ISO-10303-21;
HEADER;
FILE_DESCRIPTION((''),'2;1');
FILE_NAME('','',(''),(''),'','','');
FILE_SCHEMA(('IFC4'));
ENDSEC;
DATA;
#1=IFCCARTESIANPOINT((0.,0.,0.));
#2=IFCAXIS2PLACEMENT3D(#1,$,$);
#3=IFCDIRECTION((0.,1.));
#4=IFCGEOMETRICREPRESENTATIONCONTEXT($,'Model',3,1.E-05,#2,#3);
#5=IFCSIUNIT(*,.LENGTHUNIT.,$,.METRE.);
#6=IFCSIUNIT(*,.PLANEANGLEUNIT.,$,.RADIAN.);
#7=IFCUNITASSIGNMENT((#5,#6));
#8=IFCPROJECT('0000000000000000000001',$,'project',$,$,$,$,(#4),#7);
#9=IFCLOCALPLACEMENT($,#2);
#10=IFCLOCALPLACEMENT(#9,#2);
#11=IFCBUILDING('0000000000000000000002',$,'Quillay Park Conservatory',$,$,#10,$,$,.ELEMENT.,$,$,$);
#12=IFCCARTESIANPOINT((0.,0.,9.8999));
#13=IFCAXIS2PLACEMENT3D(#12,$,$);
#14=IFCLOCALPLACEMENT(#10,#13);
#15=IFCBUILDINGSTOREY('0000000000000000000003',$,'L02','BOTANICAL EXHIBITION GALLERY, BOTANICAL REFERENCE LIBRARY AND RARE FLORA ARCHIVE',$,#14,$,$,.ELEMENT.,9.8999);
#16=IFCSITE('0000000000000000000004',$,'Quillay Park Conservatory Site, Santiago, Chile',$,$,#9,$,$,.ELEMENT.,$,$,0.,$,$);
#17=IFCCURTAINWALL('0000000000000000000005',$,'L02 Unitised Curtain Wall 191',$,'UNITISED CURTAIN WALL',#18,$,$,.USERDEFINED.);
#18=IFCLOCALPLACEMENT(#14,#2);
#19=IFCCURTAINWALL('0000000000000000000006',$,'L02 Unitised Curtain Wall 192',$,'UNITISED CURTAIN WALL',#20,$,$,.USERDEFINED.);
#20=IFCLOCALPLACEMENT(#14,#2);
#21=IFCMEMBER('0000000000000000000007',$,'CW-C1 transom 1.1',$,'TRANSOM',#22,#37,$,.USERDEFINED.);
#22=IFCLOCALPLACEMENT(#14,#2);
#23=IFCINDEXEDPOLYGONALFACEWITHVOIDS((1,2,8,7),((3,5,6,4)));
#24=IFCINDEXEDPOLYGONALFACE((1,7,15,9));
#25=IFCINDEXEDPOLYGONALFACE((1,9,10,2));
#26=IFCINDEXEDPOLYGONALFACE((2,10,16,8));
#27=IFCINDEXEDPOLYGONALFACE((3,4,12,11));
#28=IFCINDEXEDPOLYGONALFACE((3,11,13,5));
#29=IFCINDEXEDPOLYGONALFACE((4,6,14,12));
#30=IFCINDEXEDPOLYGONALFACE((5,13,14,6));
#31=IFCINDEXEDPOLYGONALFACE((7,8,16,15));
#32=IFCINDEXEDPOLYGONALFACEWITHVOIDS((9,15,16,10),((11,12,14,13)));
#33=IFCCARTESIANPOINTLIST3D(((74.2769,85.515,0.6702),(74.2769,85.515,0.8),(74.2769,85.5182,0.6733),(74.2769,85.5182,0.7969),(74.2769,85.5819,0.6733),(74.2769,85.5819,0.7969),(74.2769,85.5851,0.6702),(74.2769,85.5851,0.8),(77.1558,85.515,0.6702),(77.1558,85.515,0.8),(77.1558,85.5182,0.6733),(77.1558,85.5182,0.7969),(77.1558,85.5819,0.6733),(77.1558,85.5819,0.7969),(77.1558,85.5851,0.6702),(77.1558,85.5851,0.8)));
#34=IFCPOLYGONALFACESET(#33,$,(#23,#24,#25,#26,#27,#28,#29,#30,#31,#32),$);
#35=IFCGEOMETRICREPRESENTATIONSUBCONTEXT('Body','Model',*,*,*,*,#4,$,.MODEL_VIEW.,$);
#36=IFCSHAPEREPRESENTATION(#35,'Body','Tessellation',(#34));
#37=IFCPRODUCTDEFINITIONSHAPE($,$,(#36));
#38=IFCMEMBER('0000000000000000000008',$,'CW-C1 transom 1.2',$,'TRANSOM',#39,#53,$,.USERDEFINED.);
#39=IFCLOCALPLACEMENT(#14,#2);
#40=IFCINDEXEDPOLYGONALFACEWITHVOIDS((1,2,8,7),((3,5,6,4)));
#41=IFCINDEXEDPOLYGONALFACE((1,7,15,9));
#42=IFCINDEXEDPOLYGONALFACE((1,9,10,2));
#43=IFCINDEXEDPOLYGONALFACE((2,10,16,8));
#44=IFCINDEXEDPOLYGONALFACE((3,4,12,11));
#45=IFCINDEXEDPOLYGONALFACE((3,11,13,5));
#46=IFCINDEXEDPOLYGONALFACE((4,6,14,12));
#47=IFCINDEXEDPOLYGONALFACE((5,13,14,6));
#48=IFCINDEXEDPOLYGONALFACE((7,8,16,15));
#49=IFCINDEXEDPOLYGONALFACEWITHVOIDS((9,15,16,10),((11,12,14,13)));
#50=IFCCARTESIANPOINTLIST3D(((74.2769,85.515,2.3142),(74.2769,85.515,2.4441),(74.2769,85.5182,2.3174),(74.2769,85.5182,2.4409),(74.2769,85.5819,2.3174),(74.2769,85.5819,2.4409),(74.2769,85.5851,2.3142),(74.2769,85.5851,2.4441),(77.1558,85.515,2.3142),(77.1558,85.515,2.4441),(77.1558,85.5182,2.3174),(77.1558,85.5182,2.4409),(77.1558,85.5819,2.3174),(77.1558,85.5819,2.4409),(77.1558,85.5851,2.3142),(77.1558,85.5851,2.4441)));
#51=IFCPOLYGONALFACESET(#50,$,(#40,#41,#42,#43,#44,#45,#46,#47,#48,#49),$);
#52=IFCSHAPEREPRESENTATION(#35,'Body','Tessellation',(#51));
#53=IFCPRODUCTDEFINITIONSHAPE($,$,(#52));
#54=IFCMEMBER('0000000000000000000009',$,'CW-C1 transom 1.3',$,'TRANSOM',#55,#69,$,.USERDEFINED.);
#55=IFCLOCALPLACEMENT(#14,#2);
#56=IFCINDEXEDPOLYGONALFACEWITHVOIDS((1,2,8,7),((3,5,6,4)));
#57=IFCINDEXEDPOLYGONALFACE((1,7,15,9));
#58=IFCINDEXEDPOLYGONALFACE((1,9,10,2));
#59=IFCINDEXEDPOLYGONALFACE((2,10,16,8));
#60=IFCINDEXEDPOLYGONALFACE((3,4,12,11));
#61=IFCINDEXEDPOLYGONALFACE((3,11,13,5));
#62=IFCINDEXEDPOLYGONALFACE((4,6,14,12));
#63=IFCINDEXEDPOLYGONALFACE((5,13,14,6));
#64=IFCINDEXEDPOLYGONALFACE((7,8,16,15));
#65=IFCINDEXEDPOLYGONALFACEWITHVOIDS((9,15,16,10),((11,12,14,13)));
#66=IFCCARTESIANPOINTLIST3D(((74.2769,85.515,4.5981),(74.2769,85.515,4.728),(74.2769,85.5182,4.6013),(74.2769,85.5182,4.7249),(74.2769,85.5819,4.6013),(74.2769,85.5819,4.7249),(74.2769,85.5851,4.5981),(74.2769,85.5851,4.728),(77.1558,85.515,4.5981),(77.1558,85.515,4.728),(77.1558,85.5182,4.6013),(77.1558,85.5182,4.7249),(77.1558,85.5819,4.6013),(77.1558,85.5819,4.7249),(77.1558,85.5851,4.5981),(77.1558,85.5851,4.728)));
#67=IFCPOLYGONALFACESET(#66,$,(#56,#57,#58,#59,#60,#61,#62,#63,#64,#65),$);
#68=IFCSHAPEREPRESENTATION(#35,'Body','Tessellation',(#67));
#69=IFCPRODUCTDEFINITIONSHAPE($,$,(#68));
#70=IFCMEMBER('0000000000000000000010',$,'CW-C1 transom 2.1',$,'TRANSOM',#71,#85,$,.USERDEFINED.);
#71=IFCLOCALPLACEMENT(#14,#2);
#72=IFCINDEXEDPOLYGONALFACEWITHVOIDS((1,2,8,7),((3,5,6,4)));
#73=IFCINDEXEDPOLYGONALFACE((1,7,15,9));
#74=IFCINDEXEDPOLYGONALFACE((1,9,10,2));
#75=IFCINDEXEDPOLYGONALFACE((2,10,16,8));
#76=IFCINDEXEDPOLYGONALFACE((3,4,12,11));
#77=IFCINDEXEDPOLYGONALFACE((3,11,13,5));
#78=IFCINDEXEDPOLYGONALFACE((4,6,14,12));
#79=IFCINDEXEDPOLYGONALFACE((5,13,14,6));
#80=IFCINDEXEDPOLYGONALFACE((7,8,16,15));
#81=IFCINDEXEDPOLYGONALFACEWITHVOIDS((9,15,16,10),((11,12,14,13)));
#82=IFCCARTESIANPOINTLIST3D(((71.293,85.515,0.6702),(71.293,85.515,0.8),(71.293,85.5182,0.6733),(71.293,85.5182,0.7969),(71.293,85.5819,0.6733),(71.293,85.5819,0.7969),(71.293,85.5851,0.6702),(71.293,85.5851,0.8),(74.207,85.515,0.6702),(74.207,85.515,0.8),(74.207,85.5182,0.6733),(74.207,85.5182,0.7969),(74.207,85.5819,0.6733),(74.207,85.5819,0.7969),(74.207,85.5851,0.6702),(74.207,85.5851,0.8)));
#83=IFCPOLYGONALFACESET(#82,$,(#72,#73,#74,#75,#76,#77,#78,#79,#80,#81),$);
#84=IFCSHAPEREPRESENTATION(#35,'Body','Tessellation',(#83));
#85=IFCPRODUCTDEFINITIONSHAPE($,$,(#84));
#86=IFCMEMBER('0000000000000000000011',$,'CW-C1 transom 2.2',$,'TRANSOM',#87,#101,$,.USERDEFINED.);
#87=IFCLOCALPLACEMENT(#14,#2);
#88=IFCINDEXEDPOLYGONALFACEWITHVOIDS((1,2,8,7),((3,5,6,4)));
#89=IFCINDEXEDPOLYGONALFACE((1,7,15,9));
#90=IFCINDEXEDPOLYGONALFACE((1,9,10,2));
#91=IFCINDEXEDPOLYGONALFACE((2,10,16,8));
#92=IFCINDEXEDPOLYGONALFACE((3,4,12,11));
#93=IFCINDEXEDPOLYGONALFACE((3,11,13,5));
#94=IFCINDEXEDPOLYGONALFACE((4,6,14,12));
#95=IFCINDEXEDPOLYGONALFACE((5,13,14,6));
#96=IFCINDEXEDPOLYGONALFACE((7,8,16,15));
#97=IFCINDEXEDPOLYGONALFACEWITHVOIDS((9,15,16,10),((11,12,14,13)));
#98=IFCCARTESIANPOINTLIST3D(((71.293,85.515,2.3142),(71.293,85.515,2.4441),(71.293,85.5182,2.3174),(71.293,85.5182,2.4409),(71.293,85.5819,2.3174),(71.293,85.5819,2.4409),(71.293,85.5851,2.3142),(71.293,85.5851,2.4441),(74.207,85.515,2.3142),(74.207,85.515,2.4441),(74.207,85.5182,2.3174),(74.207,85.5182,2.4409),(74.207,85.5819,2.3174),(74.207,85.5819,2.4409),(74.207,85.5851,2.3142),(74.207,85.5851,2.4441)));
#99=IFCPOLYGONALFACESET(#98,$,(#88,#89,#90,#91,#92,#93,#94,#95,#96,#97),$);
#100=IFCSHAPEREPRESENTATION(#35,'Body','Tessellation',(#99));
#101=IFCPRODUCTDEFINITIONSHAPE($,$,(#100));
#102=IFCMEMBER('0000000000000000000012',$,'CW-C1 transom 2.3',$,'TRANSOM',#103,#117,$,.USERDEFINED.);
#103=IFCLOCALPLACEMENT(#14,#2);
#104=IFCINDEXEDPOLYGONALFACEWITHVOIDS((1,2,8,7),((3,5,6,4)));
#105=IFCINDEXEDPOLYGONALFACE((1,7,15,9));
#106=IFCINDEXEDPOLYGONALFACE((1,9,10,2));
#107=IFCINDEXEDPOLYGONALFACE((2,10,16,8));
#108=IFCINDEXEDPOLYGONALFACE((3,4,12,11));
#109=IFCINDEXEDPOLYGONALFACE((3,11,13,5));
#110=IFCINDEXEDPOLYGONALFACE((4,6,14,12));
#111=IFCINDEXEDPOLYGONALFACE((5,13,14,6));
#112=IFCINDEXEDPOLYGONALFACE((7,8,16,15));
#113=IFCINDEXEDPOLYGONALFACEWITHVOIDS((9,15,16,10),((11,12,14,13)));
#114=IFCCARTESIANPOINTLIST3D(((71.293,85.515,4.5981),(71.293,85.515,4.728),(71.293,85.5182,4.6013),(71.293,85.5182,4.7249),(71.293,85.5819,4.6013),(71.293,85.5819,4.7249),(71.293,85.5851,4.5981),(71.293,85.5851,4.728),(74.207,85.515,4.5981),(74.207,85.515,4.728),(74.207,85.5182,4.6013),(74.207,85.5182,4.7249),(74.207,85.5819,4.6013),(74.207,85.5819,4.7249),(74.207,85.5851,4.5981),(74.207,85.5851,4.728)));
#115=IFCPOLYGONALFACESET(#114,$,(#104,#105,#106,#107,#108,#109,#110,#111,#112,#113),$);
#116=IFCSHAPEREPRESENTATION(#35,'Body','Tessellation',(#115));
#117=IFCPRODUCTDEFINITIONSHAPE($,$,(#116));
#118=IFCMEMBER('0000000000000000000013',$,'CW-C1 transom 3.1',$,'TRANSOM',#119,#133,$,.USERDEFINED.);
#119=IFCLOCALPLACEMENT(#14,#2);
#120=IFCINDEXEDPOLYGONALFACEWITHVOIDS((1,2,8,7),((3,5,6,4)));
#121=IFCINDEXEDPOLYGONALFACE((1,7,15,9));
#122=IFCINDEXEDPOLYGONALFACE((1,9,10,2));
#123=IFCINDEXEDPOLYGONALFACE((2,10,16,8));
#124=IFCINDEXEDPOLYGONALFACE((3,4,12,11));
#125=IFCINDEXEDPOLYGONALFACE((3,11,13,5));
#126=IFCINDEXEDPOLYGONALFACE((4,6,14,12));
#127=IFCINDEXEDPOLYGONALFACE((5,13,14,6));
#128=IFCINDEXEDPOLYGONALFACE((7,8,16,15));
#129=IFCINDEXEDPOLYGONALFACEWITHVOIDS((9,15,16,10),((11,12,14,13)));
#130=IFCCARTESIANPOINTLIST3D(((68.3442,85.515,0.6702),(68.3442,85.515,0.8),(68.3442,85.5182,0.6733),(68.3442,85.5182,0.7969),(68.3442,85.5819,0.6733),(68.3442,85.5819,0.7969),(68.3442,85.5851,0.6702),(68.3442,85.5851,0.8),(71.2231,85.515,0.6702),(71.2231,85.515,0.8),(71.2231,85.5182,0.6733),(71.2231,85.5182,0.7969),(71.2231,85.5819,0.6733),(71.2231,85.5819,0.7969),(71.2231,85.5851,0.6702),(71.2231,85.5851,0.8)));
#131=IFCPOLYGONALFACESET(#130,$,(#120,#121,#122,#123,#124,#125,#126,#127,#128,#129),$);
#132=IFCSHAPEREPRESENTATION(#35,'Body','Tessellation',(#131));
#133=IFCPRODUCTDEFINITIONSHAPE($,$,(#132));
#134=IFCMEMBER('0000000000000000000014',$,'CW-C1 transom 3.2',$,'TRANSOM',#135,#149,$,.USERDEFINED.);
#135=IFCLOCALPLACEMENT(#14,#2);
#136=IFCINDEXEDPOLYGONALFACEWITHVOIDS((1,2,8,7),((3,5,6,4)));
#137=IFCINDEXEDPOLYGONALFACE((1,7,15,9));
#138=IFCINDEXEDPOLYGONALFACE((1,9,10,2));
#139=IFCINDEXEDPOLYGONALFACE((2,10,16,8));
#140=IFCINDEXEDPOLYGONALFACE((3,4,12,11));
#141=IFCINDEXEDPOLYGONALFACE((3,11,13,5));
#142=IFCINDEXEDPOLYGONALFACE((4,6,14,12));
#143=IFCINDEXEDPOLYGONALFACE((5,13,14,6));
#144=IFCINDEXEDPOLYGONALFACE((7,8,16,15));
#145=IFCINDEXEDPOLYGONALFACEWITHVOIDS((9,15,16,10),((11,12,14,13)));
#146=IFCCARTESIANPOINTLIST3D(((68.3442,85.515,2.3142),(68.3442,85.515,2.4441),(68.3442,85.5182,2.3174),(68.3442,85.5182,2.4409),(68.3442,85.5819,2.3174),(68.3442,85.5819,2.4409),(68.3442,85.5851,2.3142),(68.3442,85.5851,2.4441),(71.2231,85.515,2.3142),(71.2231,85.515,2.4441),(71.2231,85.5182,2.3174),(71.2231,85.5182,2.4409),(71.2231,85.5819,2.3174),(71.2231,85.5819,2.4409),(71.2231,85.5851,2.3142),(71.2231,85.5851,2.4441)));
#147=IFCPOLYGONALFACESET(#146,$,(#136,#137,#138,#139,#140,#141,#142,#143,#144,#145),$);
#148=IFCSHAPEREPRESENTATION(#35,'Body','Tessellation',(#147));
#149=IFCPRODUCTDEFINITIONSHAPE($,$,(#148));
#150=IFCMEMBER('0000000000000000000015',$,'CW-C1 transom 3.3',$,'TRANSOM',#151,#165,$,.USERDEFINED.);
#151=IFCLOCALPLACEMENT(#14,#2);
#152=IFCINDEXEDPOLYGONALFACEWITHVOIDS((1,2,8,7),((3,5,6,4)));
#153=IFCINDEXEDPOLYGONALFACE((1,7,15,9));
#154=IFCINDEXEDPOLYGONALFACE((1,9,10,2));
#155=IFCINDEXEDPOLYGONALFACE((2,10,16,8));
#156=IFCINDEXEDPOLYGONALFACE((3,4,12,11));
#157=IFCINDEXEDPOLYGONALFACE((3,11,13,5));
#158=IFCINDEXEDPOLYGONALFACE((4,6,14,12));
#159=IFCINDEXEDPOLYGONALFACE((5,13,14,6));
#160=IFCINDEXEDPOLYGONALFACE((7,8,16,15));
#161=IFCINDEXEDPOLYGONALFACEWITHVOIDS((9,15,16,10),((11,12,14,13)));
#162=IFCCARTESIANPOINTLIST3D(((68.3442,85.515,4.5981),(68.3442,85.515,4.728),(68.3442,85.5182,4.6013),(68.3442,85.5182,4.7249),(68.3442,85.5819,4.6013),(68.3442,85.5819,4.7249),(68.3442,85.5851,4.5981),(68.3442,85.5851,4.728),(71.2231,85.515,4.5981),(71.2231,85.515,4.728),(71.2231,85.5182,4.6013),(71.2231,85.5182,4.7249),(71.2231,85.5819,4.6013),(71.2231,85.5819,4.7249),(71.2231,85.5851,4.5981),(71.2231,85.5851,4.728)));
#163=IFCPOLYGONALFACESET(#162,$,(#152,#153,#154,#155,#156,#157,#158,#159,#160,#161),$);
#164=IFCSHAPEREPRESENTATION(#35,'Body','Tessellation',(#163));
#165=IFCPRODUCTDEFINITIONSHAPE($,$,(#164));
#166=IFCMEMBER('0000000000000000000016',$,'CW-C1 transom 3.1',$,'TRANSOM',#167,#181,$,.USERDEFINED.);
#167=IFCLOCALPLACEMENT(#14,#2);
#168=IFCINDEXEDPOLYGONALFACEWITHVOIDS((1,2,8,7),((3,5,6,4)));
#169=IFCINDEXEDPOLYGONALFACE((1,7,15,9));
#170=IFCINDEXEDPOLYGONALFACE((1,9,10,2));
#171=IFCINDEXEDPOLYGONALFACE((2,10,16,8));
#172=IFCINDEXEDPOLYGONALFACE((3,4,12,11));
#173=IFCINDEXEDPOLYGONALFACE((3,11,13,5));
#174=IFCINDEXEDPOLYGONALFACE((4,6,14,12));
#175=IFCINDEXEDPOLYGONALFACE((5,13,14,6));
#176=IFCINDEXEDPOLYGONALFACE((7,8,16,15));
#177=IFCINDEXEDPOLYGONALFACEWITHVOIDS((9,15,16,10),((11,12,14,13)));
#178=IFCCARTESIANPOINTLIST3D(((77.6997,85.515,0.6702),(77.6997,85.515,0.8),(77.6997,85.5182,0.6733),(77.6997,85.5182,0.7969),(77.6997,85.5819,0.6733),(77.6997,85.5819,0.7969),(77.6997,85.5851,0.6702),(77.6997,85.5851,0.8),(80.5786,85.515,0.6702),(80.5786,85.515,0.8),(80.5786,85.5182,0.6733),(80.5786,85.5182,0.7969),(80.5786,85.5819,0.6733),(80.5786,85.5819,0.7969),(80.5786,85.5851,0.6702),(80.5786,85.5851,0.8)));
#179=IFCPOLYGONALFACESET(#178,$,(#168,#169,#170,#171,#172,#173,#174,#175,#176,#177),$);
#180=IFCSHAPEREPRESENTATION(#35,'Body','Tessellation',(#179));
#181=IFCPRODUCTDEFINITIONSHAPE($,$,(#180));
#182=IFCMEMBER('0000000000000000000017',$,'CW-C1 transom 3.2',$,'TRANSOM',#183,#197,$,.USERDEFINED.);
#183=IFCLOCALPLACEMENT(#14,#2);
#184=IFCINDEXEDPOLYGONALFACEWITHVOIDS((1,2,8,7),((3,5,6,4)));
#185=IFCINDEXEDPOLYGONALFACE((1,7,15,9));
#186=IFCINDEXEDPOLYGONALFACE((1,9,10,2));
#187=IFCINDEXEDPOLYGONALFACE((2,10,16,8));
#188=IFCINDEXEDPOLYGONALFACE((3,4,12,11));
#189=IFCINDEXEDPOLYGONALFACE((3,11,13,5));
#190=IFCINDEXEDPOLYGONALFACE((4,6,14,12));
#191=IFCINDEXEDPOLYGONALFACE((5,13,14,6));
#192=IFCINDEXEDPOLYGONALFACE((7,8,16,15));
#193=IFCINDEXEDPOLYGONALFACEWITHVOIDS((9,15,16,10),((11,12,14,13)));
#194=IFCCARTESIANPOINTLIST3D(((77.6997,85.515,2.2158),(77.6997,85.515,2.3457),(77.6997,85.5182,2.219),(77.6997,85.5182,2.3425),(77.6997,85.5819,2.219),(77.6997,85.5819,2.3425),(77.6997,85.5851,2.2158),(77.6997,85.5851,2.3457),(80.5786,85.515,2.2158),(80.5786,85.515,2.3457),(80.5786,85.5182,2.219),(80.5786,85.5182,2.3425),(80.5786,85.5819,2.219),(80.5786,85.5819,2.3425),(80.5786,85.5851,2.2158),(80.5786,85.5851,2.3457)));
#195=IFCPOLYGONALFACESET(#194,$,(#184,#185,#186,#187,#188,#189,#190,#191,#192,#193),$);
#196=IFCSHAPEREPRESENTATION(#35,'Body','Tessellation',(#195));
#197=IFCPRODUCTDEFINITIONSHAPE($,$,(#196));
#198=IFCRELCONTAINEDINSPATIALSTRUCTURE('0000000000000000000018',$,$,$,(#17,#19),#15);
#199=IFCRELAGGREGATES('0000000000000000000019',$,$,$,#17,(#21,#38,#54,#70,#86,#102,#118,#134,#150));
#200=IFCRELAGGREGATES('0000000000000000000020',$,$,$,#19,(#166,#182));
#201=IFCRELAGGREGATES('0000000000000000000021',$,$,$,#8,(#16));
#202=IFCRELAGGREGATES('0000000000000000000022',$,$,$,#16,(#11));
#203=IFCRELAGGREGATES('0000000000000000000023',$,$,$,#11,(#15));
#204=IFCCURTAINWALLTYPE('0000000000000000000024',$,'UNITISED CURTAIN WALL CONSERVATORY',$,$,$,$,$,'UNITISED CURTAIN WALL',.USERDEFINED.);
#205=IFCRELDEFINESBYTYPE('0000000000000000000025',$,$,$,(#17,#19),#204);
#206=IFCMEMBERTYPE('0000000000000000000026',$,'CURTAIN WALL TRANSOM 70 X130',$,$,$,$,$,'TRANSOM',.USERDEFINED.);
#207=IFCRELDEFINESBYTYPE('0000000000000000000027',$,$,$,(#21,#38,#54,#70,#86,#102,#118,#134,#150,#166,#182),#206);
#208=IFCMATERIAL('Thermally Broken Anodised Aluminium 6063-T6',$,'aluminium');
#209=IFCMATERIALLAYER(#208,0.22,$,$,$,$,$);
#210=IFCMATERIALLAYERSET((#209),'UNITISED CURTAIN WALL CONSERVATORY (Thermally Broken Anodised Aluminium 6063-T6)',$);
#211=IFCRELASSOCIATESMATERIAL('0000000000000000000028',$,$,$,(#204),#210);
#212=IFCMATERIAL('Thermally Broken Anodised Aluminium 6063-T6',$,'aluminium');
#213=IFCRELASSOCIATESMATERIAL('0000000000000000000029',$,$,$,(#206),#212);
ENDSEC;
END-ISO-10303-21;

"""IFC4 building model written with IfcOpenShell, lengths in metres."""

from ifc_helpers import new_model, si_unit, direction, frame, origin, origin_2d, place, context, subcontext, project, spatial, hollow_rectangle, extrude, material, layer, layer_set, material_profile, profile_set, type_object, element, aggregate, save


model = new_model("IFC4")

# Units and contexts
model_context = context("Model", 3, precision=1e-05, world=origin(), true_north=direction((0.0, 1.0)))
body_context = subcontext(model_context, "Body", "Model", "MODEL_VIEW")
ifc_project = project(units=[si_unit("LENGTHUNIT", "METRE"), si_unit("PLANEANGLEUNIT", "RADIAN")], contexts=[model_context])

# Site, building, storey
site_placement = place(None, origin())
site = spatial("IfcSite", under=ifc_project, at=site_placement, Name="Quillay Park Conservatory Site, Santiago, Chile", CompositionType="ELEMENT", RefElevation=0.0)
building_placement = place(site_placement, origin())
building = spatial("IfcBuilding", under=site, at=building_placement, Name="Quillay Park Conservatory", CompositionType="ELEMENT")
storey_placement = place(building_placement, frame((0.0, 0.0, 9.8999)))
storey = spatial("IfcBuildingStorey", under=building, at=storey_placement, Name="L02", Description="BOTANICAL EXHIBITION GALLERY, BOTANICAL REFERENCE LIBRARY AND RARE FLORA ARCHIVE", CompositionType="ELEMENT", Elevation=9.8999)

# Curtain wall
ifc_material_1 = material(Name="Thermally Broken Anodised Aluminium 6063-T6", Category="aluminium")
ifc_layer_1 = layer(ifc_material_1, 0.22)
ifc_layer_set_1 = layer_set([ifc_layer_1], Name="UNITISED CURTAIN WALL CONSERVATORY (Thermally Broken Anodised Aluminium 6063-T6)")
curtain_wall_type = type_object("IfcCurtainWallType", Name="UNITISED CURTAIN WALL CONSERVATORY", ElementType="UNITISED CURTAIN WALL", PredefinedType="USERDEFINED", material=ifc_layer_set_1)
curtain_wall_1_placement = place(storey_placement, origin())
curtain_wall_1 = element("IfcCurtainWall", 1, at=curtain_wall_1_placement, inside=storey, type_object=curtain_wall_type, Name="L02 Unitised Curtain Wall 191", ObjectType="UNITISED CURTAIN WALL", PredefinedType="USERDEFINED")

# Curtain wall
curtain_wall_2_placement = place(storey_placement, origin())
curtain_wall_2 = element("IfcCurtainWall", 2, at=curtain_wall_2_placement, inside=storey, type_object=curtain_wall_type, Name="L02 Unitised Curtain Wall 192", ObjectType="UNITISED CURTAIN WALL", PredefinedType="USERDEFINED")

# Members
ifc_material_2 = material(Name="Thermally Broken Anodised Aluminium 6063-T6", Category="aluminium")
ifc_material_profile_1 = material_profile(ifc_material_2, hollow_rectangle(XDim=0.0701, YDim=0.1299, WallThickness=0.0032, at=origin_2d()), Name="AL70x130x3.2")
ifc_profile_set_1 = profile_set([ifc_material_profile_1], Name="Thermally Broken Anodised Aluminium 6063-T6")
member_type_1 = type_object("IfcMemberType", Name="CURTAIN WALL TRANSOM 70 X130", ElementType="TRANSOM", PredefinedType="USERDEFINED", material=ifc_profile_set_1)
member_1_placement = place(storey_placement, frame((77.1558, 85.55, 0.7351), z_axis=(-1.0, 0.0, 0.0), x_axis=(0.0, -1.0, 0.0)))
member_1 = element("IfcMember", 3, at=member_1_placement, type_object=member_type_1, Name="CW-C1 transom 1.1", ObjectType="TRANSOM", PredefinedType="USERDEFINED", context=body_context, shape_type="SweptSolid", body=[
    extrude(hollow_rectangle(XDim=0.0701, YDim=0.1299, WallThickness=0.0032, at=origin_2d()), origin(), (0.0, 0.0, 1.0), 2.8789),
])
member_2_placement = place(storey_placement, frame((77.1558, 85.55, 2.3792), z_axis=(-1.0, 0.0, 0.0), x_axis=(0.0, -1.0, 0.0)))
member_2 = element("IfcMember", 4, at=member_2_placement, type_object=member_type_1, Name="CW-C1 transom 1.2", ObjectType="TRANSOM", PredefinedType="USERDEFINED", context=body_context, shape_type="SweptSolid", body=[
    extrude(hollow_rectangle(XDim=0.0701, YDim=0.1299, WallThickness=0.0032, at=origin_2d()), origin(), (0.0, 0.0, 1.0), 2.8789),
])
member_3_placement = place(storey_placement, frame((77.1558, 85.55, 4.6631), z_axis=(-1.0, 0.0, 0.0), x_axis=(0.0, -1.0, 0.0)))
member_3 = element("IfcMember", 5, at=member_3_placement, type_object=member_type_1, Name="CW-C1 transom 1.3", ObjectType="TRANSOM", PredefinedType="USERDEFINED", context=body_context, shape_type="SweptSolid", body=[
    extrude(hollow_rectangle(XDim=0.0701, YDim=0.1299, WallThickness=0.0032, at=origin_2d()), origin(), (0.0, 0.0, 1.0), 2.8789),
])
member_4_placement = place(storey_placement, frame((74.207, 85.55, 0.7351), z_axis=(-1.0, 0.0, 0.0), x_axis=(0.0, -1.0, 0.0)))
member_4 = element("IfcMember", 6, at=member_4_placement, type_object=member_type_1, Name="CW-C1 transom 2.1", ObjectType="TRANSOM", PredefinedType="USERDEFINED", context=body_context, shape_type="SweptSolid", body=[
    extrude(hollow_rectangle(XDim=0.0701, YDim=0.1299, WallThickness=0.0032, at=origin_2d()), origin(), (0.0, 0.0, 1.0), 2.9141),
])
member_5_placement = place(storey_placement, frame((74.207, 85.55, 2.3792), z_axis=(-1.0, 0.0, 0.0), x_axis=(0.0, -1.0, 0.0)))
member_5 = element("IfcMember", 7, at=member_5_placement, type_object=member_type_1, Name="CW-C1 transom 2.2", ObjectType="TRANSOM", PredefinedType="USERDEFINED", context=body_context, shape_type="SweptSolid", body=[
    extrude(hollow_rectangle(XDim=0.0701, YDim=0.1299, WallThickness=0.0032, at=origin_2d()), origin(), (0.0, 0.0, 1.0), 2.9141),
])
member_6_placement = place(storey_placement, frame((74.207, 85.55, 4.6631), z_axis=(-1.0, 0.0, 0.0), x_axis=(0.0, -1.0, 0.0)))
member_6 = element("IfcMember", 8, at=member_6_placement, type_object=member_type_1, Name="CW-C1 transom 2.3", ObjectType="TRANSOM", PredefinedType="USERDEFINED", context=body_context, shape_type="SweptSolid", body=[
    extrude(hollow_rectangle(XDim=0.0701, YDim=0.1299, WallThickness=0.0032, at=origin_2d()), origin(), (0.0, 0.0, 1.0), 2.9141),
])
member_7_placement = place(storey_placement, frame((71.2231, 85.55, 0.7351), z_axis=(-1.0, 0.0, 0.0), x_axis=(0.0, -1.0, 0.0)))
member_7 = element("IfcMember", 9, at=member_7_placement, type_object=member_type_1, Name="CW-C1 transom 3.1", ObjectType="TRANSOM", PredefinedType="USERDEFINED", context=body_context, shape_type="SweptSolid", body=[
    extrude(hollow_rectangle(XDim=0.0701, YDim=0.1299, WallThickness=0.0032, at=origin_2d()), origin(), (0.0, 0.0, 1.0), 2.8789),
])
member_8_placement = place(storey_placement, frame((71.2231, 85.55, 2.3792), z_axis=(-1.0, 0.0, 0.0), x_axis=(0.0, -1.0, 0.0)))
member_8 = element("IfcMember", 10, at=member_8_placement, type_object=member_type_1, Name="CW-C1 transom 3.2", ObjectType="TRANSOM", PredefinedType="USERDEFINED", context=body_context, shape_type="SweptSolid", body=[
    extrude(hollow_rectangle(XDim=0.0701, YDim=0.1299, WallThickness=0.0032, at=origin_2d()), origin(), (0.0, 0.0, 1.0), 2.8789),
])
member_9_placement = place(storey_placement, frame((71.2231, 85.55, 4.6631), z_axis=(-1.0, 0.0, 0.0), x_axis=(0.0, -1.0, 0.0)))
member_9 = element("IfcMember", 11, at=member_9_placement, type_object=member_type_1, Name="CW-C1 transom 3.3", ObjectType="TRANSOM", PredefinedType="USERDEFINED", context=body_context, shape_type="SweptSolid", body=[
    extrude(hollow_rectangle(XDim=0.0701, YDim=0.1299, WallThickness=0.0032, at=origin_2d()), origin(), (0.0, 0.0, 1.0), 2.8789),
])
member_10_placement = place(storey_placement, frame((80.5786, 85.55, 0.7351), z_axis=(-1.0, 0.0, 0.0), x_axis=(0.0, -1.0, 0.0)))
member_10 = element("IfcMember", 12, at=member_10_placement, type_object=member_type_1, Name="CW-C1 transom 3.1", ObjectType="TRANSOM", PredefinedType="USERDEFINED", context=body_context, shape_type="SweptSolid", body=[
    extrude(hollow_rectangle(XDim=0.0701, YDim=0.1299, WallThickness=0.0032, at=origin_2d()), origin(), (0.0, 0.0, 1.0), 2.8789),
])
member_11_placement = place(storey_placement, frame((80.5786, 85.55, 2.2808), z_axis=(-1.0, 0.0, 0.0), x_axis=(0.0, -1.0, 0.0)))
member_11 = element("IfcMember", 13, at=member_11_placement, type_object=member_type_1, Name="CW-C1 transom 3.2", ObjectType="TRANSOM", PredefinedType="USERDEFINED", context=body_context, shape_type="SweptSolid", body=[
    extrude(hollow_rectangle(XDim=0.0701, YDim=0.1299, WallThickness=0.0032, at=origin_2d()), origin(), (0.0, 0.0, 1.0), 2.8789),
])

aggregate(curtain_wall_1, [member_1, member_2, member_3, member_4, member_5, member_6, member_7, member_8, member_9])
aggregate(curtain_wall_2, [member_10, member_11])

save(model, "model.ifc")
